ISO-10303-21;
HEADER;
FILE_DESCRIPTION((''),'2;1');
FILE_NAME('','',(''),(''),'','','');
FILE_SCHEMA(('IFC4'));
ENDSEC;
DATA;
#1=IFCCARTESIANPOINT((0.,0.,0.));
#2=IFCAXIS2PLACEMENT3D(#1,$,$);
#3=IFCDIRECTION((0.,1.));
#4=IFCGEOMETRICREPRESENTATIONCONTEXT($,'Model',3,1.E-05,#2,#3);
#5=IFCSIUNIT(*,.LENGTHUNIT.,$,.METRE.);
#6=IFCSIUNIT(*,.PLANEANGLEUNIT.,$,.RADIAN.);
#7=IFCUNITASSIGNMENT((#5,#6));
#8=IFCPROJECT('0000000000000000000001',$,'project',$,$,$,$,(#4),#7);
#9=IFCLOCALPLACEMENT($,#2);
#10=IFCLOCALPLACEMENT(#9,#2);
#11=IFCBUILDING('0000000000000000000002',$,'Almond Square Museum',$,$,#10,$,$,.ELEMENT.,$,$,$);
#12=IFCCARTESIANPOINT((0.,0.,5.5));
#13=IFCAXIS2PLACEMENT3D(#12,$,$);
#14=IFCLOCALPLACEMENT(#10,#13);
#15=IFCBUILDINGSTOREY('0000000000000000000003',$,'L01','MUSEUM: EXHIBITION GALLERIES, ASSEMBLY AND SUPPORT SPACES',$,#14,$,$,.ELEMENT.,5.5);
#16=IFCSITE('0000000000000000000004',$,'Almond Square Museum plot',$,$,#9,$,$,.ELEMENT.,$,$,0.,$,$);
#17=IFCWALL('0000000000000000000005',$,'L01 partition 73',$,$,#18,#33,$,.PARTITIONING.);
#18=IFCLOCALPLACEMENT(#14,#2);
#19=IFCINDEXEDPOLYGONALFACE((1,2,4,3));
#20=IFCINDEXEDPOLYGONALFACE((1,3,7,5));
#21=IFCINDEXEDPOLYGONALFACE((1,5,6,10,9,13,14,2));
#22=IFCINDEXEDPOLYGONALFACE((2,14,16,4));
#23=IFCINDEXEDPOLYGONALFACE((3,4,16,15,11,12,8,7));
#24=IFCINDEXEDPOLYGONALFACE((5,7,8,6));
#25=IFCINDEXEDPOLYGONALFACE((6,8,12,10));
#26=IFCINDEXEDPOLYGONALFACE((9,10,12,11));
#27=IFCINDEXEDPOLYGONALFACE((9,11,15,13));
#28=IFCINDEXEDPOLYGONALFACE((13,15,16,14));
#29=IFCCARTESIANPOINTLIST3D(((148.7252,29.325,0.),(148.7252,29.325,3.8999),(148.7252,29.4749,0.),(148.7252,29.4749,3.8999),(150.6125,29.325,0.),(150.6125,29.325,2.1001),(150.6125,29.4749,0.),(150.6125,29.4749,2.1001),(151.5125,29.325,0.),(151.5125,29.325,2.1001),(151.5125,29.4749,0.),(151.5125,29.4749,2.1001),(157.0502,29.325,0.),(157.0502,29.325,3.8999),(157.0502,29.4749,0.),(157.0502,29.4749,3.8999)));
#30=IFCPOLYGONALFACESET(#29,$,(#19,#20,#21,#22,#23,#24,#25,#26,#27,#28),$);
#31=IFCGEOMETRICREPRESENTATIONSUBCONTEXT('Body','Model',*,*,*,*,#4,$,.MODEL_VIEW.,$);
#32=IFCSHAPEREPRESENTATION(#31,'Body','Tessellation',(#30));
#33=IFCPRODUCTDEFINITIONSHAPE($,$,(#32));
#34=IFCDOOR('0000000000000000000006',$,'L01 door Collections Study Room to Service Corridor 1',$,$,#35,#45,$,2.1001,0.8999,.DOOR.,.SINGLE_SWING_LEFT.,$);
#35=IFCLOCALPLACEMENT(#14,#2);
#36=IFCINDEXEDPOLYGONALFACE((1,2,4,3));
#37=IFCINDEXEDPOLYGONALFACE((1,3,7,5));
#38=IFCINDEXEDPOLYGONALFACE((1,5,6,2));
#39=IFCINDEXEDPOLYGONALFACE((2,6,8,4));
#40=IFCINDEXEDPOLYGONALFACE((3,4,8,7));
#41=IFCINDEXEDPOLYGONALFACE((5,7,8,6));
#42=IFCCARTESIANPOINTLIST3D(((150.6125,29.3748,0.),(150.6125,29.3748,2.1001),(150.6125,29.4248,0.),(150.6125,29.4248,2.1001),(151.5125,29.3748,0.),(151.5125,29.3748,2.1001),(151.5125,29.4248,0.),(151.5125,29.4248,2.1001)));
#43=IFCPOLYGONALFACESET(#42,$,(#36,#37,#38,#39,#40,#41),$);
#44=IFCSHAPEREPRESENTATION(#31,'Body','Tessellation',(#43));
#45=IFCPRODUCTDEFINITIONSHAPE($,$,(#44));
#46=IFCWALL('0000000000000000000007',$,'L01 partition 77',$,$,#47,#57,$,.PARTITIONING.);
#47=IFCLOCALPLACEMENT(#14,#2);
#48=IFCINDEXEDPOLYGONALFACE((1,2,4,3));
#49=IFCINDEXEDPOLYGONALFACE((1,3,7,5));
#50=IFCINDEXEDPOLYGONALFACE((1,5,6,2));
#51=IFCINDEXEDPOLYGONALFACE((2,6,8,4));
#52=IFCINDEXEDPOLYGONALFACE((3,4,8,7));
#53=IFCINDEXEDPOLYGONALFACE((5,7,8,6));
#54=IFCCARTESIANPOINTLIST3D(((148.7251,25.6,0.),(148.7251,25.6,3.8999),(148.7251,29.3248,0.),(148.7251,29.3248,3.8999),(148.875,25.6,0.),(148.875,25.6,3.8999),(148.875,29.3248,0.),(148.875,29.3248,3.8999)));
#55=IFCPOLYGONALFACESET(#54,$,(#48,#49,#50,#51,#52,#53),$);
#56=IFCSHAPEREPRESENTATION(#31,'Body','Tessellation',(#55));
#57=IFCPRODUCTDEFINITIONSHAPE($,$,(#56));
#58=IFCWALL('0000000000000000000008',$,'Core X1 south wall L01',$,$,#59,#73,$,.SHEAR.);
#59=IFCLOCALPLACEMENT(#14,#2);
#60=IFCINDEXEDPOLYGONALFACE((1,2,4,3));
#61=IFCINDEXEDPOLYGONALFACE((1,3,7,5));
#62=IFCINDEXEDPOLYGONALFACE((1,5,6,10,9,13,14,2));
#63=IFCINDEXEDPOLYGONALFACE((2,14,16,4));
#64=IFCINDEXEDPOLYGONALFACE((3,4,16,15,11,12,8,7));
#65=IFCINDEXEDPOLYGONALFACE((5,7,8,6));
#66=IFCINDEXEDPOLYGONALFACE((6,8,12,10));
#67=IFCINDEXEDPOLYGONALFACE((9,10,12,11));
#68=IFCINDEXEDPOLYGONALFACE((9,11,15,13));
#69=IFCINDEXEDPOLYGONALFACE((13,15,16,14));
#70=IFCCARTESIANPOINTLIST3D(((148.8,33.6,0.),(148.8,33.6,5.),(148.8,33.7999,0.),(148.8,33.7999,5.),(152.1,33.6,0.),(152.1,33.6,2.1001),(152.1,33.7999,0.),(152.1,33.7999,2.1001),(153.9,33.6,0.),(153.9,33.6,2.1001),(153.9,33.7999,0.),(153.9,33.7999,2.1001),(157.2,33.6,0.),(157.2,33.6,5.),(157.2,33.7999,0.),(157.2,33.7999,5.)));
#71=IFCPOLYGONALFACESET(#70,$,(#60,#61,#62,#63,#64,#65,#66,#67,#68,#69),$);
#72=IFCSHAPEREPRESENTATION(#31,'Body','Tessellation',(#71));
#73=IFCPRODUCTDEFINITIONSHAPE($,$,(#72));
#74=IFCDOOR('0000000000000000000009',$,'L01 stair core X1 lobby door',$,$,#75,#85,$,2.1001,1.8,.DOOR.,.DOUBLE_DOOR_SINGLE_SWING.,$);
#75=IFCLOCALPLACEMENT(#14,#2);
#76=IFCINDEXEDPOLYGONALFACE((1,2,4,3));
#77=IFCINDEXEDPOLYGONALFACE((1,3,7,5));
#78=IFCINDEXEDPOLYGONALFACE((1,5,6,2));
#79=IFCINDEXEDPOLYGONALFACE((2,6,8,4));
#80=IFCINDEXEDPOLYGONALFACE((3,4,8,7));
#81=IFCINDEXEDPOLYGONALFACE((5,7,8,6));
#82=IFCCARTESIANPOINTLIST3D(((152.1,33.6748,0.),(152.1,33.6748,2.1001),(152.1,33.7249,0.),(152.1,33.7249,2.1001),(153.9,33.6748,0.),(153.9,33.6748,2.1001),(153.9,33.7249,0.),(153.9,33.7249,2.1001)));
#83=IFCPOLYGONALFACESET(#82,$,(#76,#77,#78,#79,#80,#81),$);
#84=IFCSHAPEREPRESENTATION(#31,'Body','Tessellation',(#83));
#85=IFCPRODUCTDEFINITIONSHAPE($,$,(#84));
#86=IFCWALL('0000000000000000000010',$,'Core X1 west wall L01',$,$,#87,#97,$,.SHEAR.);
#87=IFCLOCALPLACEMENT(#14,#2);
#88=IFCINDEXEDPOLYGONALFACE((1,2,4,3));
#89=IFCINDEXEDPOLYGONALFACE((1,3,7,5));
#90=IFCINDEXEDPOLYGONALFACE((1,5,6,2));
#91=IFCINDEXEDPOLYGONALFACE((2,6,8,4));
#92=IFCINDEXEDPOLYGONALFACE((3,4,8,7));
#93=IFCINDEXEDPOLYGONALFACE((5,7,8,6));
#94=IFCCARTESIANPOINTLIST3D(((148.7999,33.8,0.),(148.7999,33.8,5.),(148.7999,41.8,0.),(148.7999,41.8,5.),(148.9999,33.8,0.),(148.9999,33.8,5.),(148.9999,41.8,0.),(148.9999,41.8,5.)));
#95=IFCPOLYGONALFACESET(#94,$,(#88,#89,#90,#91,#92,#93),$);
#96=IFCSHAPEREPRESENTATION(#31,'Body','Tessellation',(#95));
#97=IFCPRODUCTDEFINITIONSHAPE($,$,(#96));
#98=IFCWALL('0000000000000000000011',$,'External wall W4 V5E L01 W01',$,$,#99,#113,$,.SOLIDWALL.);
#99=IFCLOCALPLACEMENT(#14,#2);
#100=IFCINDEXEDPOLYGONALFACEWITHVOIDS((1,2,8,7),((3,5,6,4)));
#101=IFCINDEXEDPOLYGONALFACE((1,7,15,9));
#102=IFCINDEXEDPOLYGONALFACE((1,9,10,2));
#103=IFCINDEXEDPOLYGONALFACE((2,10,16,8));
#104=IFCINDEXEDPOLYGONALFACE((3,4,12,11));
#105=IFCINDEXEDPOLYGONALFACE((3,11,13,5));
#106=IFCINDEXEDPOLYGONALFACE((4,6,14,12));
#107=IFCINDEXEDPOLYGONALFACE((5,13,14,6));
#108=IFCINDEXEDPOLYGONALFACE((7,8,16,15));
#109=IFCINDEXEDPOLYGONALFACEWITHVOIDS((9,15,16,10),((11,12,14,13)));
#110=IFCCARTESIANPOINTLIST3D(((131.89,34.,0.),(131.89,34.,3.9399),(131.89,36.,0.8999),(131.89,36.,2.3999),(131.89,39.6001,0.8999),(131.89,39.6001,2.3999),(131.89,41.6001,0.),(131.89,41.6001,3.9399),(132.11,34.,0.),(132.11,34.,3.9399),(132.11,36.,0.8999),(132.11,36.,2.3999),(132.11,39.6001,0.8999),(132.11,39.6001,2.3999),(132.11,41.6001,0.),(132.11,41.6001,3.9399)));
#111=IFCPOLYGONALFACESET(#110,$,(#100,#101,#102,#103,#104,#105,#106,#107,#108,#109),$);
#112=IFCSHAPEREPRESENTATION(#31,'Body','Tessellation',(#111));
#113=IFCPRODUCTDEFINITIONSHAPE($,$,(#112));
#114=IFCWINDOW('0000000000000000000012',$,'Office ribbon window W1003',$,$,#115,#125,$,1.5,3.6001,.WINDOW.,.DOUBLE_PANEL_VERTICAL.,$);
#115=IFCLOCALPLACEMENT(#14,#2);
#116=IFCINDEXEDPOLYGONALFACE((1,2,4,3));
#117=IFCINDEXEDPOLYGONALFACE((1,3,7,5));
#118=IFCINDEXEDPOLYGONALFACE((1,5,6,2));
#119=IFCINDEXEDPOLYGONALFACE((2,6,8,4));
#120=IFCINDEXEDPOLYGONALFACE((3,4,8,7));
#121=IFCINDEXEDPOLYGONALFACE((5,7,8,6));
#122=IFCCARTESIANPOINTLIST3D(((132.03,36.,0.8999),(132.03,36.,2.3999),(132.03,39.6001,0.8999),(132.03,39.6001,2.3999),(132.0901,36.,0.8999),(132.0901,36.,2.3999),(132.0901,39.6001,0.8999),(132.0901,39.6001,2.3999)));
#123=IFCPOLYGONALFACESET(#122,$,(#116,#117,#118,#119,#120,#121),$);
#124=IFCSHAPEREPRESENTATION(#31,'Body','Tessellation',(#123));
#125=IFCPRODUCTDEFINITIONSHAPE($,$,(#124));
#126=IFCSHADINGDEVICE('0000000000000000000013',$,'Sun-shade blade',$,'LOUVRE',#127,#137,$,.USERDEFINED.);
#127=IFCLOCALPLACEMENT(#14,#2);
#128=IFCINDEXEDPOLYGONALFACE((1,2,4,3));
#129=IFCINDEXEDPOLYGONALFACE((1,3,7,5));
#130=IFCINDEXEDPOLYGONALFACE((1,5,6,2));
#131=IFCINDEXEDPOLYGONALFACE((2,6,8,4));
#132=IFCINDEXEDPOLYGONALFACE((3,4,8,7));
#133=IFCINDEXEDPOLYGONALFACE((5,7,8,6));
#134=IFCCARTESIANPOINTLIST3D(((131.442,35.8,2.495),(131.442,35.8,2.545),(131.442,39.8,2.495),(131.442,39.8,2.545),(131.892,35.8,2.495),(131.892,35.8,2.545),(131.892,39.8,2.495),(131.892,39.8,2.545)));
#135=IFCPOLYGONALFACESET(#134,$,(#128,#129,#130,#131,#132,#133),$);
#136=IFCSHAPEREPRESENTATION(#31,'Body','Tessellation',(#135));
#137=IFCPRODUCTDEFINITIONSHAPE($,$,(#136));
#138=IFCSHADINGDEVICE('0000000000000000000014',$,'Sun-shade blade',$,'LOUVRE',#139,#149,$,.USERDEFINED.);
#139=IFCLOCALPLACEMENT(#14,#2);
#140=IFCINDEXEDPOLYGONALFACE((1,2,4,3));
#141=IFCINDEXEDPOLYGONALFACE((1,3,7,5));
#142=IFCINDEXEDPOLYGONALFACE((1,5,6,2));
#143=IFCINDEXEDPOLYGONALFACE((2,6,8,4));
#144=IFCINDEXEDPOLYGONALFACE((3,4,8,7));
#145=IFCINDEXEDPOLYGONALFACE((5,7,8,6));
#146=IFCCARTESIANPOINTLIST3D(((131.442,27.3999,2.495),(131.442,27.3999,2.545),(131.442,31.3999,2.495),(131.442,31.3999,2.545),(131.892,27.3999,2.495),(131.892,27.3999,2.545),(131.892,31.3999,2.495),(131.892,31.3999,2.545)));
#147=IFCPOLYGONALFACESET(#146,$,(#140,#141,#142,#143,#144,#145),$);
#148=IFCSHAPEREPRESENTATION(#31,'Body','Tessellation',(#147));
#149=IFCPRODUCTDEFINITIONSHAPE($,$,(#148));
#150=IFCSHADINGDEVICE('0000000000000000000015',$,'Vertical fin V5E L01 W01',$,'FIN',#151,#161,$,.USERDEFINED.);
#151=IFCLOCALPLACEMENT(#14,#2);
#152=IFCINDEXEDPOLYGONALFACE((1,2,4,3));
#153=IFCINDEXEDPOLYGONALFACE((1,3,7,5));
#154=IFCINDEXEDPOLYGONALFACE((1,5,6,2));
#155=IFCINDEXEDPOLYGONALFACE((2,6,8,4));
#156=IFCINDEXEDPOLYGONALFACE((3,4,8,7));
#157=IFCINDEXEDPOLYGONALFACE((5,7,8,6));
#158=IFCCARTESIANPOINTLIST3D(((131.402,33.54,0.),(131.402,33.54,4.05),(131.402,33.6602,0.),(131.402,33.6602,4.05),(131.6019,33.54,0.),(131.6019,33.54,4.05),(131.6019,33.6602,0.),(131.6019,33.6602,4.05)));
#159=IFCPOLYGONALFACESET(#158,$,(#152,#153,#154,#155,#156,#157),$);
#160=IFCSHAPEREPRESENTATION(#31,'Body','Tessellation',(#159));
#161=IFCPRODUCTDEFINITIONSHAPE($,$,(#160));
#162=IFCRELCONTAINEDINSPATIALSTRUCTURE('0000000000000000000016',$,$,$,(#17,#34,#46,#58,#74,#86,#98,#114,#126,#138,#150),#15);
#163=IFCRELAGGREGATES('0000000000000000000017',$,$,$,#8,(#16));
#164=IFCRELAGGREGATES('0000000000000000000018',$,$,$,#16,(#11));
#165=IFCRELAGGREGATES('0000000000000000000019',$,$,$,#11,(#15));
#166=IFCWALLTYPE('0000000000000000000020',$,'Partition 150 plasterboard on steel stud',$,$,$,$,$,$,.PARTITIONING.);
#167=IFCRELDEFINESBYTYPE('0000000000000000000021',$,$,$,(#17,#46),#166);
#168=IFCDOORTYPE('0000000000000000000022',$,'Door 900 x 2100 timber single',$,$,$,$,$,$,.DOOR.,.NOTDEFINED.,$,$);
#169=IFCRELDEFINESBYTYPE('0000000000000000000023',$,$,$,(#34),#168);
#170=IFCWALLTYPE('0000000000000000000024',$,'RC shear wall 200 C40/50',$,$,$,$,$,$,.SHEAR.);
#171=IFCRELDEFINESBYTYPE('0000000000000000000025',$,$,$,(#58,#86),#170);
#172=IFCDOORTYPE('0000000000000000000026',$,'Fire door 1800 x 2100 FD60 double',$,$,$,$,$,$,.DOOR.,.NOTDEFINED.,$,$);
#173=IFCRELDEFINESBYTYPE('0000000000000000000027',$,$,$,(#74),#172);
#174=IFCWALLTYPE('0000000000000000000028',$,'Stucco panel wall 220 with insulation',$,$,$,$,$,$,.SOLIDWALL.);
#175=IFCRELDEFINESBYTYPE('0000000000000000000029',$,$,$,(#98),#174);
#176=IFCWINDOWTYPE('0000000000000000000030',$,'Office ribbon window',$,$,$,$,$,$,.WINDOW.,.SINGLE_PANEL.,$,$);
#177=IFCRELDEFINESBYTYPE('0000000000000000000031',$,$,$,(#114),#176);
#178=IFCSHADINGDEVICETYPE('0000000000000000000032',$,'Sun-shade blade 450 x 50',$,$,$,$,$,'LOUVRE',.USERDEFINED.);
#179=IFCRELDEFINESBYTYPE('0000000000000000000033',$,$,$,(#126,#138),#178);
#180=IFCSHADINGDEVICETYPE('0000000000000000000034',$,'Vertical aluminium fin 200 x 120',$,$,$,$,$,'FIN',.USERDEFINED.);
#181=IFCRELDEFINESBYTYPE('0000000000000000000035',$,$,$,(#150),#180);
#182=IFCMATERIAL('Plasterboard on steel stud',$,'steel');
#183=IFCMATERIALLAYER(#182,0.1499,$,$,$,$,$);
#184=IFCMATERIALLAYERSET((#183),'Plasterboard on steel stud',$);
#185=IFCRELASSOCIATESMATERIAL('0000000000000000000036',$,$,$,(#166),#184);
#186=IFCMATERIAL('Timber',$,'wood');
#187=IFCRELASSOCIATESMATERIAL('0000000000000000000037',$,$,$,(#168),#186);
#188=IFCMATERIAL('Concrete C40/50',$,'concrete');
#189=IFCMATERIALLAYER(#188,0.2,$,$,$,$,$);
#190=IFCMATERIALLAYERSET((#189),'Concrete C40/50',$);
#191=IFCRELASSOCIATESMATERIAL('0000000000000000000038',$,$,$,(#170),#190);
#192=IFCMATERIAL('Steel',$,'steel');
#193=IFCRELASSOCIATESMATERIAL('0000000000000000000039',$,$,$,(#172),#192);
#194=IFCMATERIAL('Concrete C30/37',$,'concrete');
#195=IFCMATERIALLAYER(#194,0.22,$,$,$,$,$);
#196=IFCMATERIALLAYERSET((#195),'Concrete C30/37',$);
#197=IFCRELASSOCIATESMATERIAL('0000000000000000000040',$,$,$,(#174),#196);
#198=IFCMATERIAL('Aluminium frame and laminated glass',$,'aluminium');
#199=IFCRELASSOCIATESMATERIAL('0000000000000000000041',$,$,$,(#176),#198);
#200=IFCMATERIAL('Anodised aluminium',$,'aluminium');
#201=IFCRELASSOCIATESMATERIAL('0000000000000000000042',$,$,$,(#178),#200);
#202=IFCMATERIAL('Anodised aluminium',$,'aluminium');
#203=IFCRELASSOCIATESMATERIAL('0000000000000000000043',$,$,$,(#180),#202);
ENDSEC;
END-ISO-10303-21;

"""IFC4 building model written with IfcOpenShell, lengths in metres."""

from ifc_helpers import new_model, si_unit, direction, frame, frame_2d, origin, origin_2d, place, context, subcontext, project, spatial, rectangle, extrude, material, layer, layer_set, material_profile, profile_set, type_object, element, fill, save


model = new_model("IFC4")

# Units and contexts
model_context = context("Model", 3, precision=1e-05, world=origin(), true_north=direction((0.0, 1.0)))
body_context = subcontext(model_context, "Body", "Model", "MODEL_VIEW")
ifc_project = project(units=[si_unit("LENGTHUNIT", "METRE"), si_unit("PLANEANGLEUNIT", "RADIAN")], contexts=[model_context])

# Site, building, storey
site_placement = place(None, origin())
site = spatial("IfcSite", under=ifc_project, at=site_placement, Name="Almond Square Museum plot", CompositionType="ELEMENT", RefElevation=0.0)
building_placement = place(site_placement, origin())
building = spatial("IfcBuilding", under=site, at=building_placement, Name="Almond Square Museum", CompositionType="ELEMENT")
storey_placement = place(building_placement, frame((0.0, 0.0, 5.5)))
storey = spatial("IfcBuildingStorey", under=building, at=storey_placement, Name="L01", Description="MUSEUM: EXHIBITION GALLERIES, ASSEMBLY AND SUPPORT SPACES", CompositionType="ELEMENT", Elevation=5.5)

# Wall, opening, door
ifc_material_1 = material(Name="Plasterboard on steel stud", Category="steel")
ifc_layer_1 = layer(ifc_material_1, 0.1499)
ifc_layer_set_1 = layer_set([ifc_layer_1], Name="Plasterboard on steel stud")
wall_type_1 = type_object("IfcWallType", Name="Partition 150 plasterboard on steel stud", PredefinedType="PARTITIONING", material=ifc_layer_set_1)
wall_1_placement = place(storey_placement, frame((148.7251, 29.3999, 0.0), z_axis=(0.0, 0.0, 1.0), x_axis=(1.0, 0.0, 0.0)))
wall_1 = element("IfcWall", 1, at=wall_1_placement, inside=storey, type_object=wall_type_1, Name="L01 partition 73", PredefinedType="PARTITIONING", context=body_context, shape_type="SweptSolid", body=[
    extrude(rectangle(XDim=8.325, YDim=0.1499, at=frame_2d((4.1626, 0.0))), origin(), (0.0, 0.0, 1.0), 3.8999),
])
opening_1_placement = place(wall_1_placement, frame((1.8875, 0.0, 0.0)))
opening_1 = element("IfcOpeningElement", 2, at=opening_1_placement, cuts=wall_1, PredefinedType="OPENING", context=body_context, shape_type="SweptSolid", body=[
    extrude(rectangle(XDim=0.8999, YDim=2.1001, at=frame_2d((0.45, 1.05))), frame((0.0, 0.085, 0.0), z_axis=(0.0, -1.0, 0.0), x_axis=(1.0, 0.0, 0.0)), (0.0, 0.0, 1.0), 0.1699),
])
ifc_material_2 = material(Name="Timber", Category="wood")
door_type_1 = type_object("IfcDoorType", Name="Door 900 x 2100 timber single", OperationType="NOTDEFINED", PredefinedType="DOOR", material=ifc_material_2)
door_1_placement = place(opening_1_placement, origin())
door_1 = element("IfcDoor", 3, at=door_1_placement, inside=storey, type_object=door_type_1, Name="L01 door Collections Study Room to Service Corridor 1", OperationType="SINGLE_SWING_LEFT", OverallHeight=2.1001, OverallWidth=0.8999, PredefinedType="DOOR", context=body_context, shape_type="SweptSolid", body=[
    extrude(rectangle(XDim=0.8999, YDim=2.1001, at=frame_2d((0.45, 1.05))), frame((0.0, 0.0249, 0.0), z_axis=(0.0, -1.0, 0.0), x_axis=(1.0, 0.0, 0.0)), (0.0, 0.0, 1.0), 0.05),
])
fill(opening_1, door_1)

# Wall
wall_2_placement = place(storey_placement, frame((148.8, 25.6001, 0.0), z_axis=(0.0, 0.0, 1.0), x_axis=(0.0, 1.0, 0.0)))
element("IfcWall", 4, at=wall_2_placement, inside=storey, type_object=wall_type_1, Name="L01 partition 77", PredefinedType="PARTITIONING", context=body_context, shape_type="SweptSolid", body=[
    extrude(rectangle(XDim=3.7249, YDim=0.1499, at=frame_2d((1.8623, 0.0))), origin(), (0.0, 0.0, 1.0), 3.8999),
])

# Wall, opening, door
ifc_material_3 = material(Name="Concrete C40/50", Category="concrete")
ifc_layer_2 = layer(ifc_material_3, 0.2)
ifc_layer_set_2 = layer_set([ifc_layer_2], Name="Concrete C40/50")
wall_type_2 = type_object("IfcWallType", Name="RC shear wall 200 C40/50", PredefinedType="SHEAR", material=ifc_layer_set_2)
wall_3_placement = place(storey_placement, frame((148.8, 33.7, 0.0), z_axis=(0.0, 0.0, 1.0), x_axis=(1.0, 0.0, 0.0)))
wall_3 = element("IfcWall", 5, at=wall_3_placement, inside=storey, type_object=wall_type_2, Name="Core X1 south wall L01", PredefinedType="SHEAR", context=body_context, shape_type="SweptSolid", body=[
    extrude(rectangle(XDim=8.3999, YDim=0.2, at=frame_2d((4.2, 0.0))), origin(), (0.0, 0.0, 1.0), 5.0),
])
opening_2_placement = place(wall_3_placement, frame((3.3, 0.0, 0.0)))
opening_2 = element("IfcOpeningElement", 6, at=opening_2_placement, cuts=wall_3, PredefinedType="OPENING", context=body_context, shape_type="SweptSolid", body=[
    extrude(rectangle(XDim=1.8, YDim=2.1001, at=frame_2d((0.8999, 1.05))), frame((0.0, 0.1099, 0.0), z_axis=(0.0, -1.0, 0.0), x_axis=(1.0, 0.0, 0.0)), (0.0, 0.0, 1.0), 0.22),
])
ifc_material_4 = material(Name="Steel", Category="steel")
door_type_2 = type_object("IfcDoorType", Name="Fire door 1800 x 2100 FD60 double", OperationType="NOTDEFINED", PredefinedType="DOOR", material=ifc_material_4)
door_2_placement = place(opening_2_placement, origin())
door_2 = element("IfcDoor", 7, at=door_2_placement, inside=storey, type_object=door_type_2, Name="L01 stair core X1 lobby door", OperationType="DOUBLE_DOOR_SINGLE_SWING", OverallHeight=2.1001, OverallWidth=1.8, PredefinedType="DOOR", context=body_context, shape_type="SweptSolid", body=[
    extrude(rectangle(XDim=1.8, YDim=2.1001, at=frame_2d((0.8999, 1.05))), frame((0.0, 0.0249, 0.0), z_axis=(0.0, -1.0, 0.0), x_axis=(1.0, 0.0, 0.0)), (0.0, 0.0, 1.0), 0.05),
])
fill(opening_2, door_2)

# Wall
wall_4_placement = place(storey_placement, frame((148.8999, 33.8, 0.0), z_axis=(0.0, 0.0, 1.0), x_axis=(0.0, 1.0, 0.0)))
element("IfcWall", 8, at=wall_4_placement, inside=storey, type_object=wall_type_2, Name="Core X1 west wall L01", PredefinedType="SHEAR", context=body_context, shape_type="SweptSolid", body=[
    extrude(rectangle(XDim=8.0, YDim=0.2, at=frame_2d((4.0, 0.0))), origin(), (0.0, 0.0, 1.0), 5.0),
])

# Wall, opening, window
ifc_material_5 = material(Name="Concrete C30/37", Category="concrete")
ifc_layer_3 = layer(ifc_material_5, 0.22)
ifc_layer_set_3 = layer_set([ifc_layer_3], Name="Concrete C30/37")
wall_type_3 = type_object("IfcWallType", Name="Stucco panel wall 220 with insulation", PredefinedType="SOLIDWALL", material=ifc_layer_set_3)
wall_5_placement = place(storey_placement, frame((132.0, 34.0, 0.0), z_axis=(0.0, 0.0, 1.0), x_axis=(0.0, 1.0, 0.0)))
wall_5 = element("IfcWall", 9, at=wall_5_placement, inside=storey, type_object=wall_type_3, Name="External wall W4 V5E L01 W01", PredefinedType="SOLIDWALL", context=body_context, shape_type="SweptSolid", body=[
    extrude(rectangle(XDim=7.6001, YDim=0.22, at=frame_2d((3.8, 0.0))), origin(), (0.0, 0.0, 1.0), 3.9399),
])
opening_3_placement = place(wall_5_placement, frame((2.0, 0.0, 0.8999)))
opening_3 = element("IfcOpeningElement", 10, at=opening_3_placement, cuts=wall_5, PredefinedType="OPENING", context=body_context, shape_type="SweptSolid", body=[
    extrude(rectangle(XDim=3.6001, YDim=1.5, at=frame_2d((1.8, 0.75))), frame((0.0, 0.1199, 0.0), z_axis=(0.0, -1.0, 0.0), x_axis=(1.0, 0.0, 0.0)), (0.0, 0.0, 1.0), 0.24),
])
ifc_material_6 = material(Name="Aluminium frame and laminated glass", Category="aluminium")
window_type = type_object("IfcWindowType", Name="Office ribbon window", PartitioningType="SINGLE_PANEL", PredefinedType="WINDOW", material=ifc_material_6)
window_placement = place(opening_3_placement, origin())
window = element("IfcWindow", 11, at=window_placement, inside=storey, type_object=window_type, Name="Office ribbon window W1003", OverallHeight=1.5, OverallWidth=3.6001, PartitioningType="DOUBLE_PANEL_VERTICAL", PredefinedType="WINDOW", context=body_context, shape_type="SweptSolid", body=[
    extrude(rectangle(XDim=3.6001, YDim=1.5, at=frame_2d((1.8, 0.75))), frame((0.0, -0.03, 0.0), z_axis=(0.0, -1.0, 0.0), x_axis=(1.0, 0.0, 0.0)), (0.0, 0.0, 1.0), 0.0601),
])
fill(opening_3, window)

# Shading devices
ifc_material_7 = material(Name="Anodised aluminium", Category="aluminium")
ifc_material_profile_1 = material_profile(ifc_material_7, rectangle(XDim=0.45, YDim=0.05, at=origin_2d()))
ifc_profile_set_1 = profile_set([ifc_material_profile_1], Name="Anodised aluminium")
shading_device_type_1 = type_object("IfcShadingDeviceType", Name="Sun-shade blade 450 x 50", ElementType="LOUVRE", PredefinedType="USERDEFINED", material=ifc_profile_set_1)
for number, where, z_axis, x_axis, name in (
    (12, (131.667, 35.8, 2.52), (0.0, 1.0, 0.0), (-1.0, 0.0, 0.0), "Sun-shade blade"),
    (13, (131.667, 27.3999, 2.52), (0.0, 1.0, 0.0), (-1.0, 0.0, 0.0), "Sun-shade blade"),
):
    element("IfcShadingDevice", number, at=place(storey_placement, frame(where, z_axis=z_axis, x_axis=x_axis)), inside=storey, type_object=shading_device_type_1, Name=name, ObjectType="LOUVRE", PredefinedType="USERDEFINED", context=body_context, shape_type="SweptSolid", body=[
        extrude(rectangle(XDim=0.45, YDim=0.05, at=origin_2d()), origin(), (0.0, 0.0, 1.0), 4.0),
    ])
ifc_material_8 = material(Name="Anodised aluminium", Category="aluminium")
ifc_material_profile_2 = material_profile(ifc_material_8, rectangle(XDim=0.2, YDim=0.1201, at=origin_2d()))
ifc_profile_set_2 = profile_set([ifc_material_profile_2], Name="Anodised aluminium")
shading_device_type_2 = type_object("IfcShadingDeviceType", Name="Vertical aluminium fin 200 x 120", ElementType="FIN", PredefinedType="USERDEFINED", material=ifc_profile_set_2)
shading_device_placement = place(storey_placement, frame((131.502, 33.6001, 0.0), z_axis=(0.0, 0.0, 1.0), x_axis=(-1.0, 0.0, 0.0)))
element("IfcShadingDevice", 14, at=shading_device_placement, inside=storey, type_object=shading_device_type_2, Name="Vertical fin V5E L01 W01", ObjectType="FIN", PredefinedType="USERDEFINED", context=body_context, shape_type="SweptSolid", body=[
    extrude(rectangle(XDim=0.2, YDim=0.1201, at=origin_2d()), origin(), (0.0, 0.0, 1.0), 4.05),
])

save(model, "model.ifc")
